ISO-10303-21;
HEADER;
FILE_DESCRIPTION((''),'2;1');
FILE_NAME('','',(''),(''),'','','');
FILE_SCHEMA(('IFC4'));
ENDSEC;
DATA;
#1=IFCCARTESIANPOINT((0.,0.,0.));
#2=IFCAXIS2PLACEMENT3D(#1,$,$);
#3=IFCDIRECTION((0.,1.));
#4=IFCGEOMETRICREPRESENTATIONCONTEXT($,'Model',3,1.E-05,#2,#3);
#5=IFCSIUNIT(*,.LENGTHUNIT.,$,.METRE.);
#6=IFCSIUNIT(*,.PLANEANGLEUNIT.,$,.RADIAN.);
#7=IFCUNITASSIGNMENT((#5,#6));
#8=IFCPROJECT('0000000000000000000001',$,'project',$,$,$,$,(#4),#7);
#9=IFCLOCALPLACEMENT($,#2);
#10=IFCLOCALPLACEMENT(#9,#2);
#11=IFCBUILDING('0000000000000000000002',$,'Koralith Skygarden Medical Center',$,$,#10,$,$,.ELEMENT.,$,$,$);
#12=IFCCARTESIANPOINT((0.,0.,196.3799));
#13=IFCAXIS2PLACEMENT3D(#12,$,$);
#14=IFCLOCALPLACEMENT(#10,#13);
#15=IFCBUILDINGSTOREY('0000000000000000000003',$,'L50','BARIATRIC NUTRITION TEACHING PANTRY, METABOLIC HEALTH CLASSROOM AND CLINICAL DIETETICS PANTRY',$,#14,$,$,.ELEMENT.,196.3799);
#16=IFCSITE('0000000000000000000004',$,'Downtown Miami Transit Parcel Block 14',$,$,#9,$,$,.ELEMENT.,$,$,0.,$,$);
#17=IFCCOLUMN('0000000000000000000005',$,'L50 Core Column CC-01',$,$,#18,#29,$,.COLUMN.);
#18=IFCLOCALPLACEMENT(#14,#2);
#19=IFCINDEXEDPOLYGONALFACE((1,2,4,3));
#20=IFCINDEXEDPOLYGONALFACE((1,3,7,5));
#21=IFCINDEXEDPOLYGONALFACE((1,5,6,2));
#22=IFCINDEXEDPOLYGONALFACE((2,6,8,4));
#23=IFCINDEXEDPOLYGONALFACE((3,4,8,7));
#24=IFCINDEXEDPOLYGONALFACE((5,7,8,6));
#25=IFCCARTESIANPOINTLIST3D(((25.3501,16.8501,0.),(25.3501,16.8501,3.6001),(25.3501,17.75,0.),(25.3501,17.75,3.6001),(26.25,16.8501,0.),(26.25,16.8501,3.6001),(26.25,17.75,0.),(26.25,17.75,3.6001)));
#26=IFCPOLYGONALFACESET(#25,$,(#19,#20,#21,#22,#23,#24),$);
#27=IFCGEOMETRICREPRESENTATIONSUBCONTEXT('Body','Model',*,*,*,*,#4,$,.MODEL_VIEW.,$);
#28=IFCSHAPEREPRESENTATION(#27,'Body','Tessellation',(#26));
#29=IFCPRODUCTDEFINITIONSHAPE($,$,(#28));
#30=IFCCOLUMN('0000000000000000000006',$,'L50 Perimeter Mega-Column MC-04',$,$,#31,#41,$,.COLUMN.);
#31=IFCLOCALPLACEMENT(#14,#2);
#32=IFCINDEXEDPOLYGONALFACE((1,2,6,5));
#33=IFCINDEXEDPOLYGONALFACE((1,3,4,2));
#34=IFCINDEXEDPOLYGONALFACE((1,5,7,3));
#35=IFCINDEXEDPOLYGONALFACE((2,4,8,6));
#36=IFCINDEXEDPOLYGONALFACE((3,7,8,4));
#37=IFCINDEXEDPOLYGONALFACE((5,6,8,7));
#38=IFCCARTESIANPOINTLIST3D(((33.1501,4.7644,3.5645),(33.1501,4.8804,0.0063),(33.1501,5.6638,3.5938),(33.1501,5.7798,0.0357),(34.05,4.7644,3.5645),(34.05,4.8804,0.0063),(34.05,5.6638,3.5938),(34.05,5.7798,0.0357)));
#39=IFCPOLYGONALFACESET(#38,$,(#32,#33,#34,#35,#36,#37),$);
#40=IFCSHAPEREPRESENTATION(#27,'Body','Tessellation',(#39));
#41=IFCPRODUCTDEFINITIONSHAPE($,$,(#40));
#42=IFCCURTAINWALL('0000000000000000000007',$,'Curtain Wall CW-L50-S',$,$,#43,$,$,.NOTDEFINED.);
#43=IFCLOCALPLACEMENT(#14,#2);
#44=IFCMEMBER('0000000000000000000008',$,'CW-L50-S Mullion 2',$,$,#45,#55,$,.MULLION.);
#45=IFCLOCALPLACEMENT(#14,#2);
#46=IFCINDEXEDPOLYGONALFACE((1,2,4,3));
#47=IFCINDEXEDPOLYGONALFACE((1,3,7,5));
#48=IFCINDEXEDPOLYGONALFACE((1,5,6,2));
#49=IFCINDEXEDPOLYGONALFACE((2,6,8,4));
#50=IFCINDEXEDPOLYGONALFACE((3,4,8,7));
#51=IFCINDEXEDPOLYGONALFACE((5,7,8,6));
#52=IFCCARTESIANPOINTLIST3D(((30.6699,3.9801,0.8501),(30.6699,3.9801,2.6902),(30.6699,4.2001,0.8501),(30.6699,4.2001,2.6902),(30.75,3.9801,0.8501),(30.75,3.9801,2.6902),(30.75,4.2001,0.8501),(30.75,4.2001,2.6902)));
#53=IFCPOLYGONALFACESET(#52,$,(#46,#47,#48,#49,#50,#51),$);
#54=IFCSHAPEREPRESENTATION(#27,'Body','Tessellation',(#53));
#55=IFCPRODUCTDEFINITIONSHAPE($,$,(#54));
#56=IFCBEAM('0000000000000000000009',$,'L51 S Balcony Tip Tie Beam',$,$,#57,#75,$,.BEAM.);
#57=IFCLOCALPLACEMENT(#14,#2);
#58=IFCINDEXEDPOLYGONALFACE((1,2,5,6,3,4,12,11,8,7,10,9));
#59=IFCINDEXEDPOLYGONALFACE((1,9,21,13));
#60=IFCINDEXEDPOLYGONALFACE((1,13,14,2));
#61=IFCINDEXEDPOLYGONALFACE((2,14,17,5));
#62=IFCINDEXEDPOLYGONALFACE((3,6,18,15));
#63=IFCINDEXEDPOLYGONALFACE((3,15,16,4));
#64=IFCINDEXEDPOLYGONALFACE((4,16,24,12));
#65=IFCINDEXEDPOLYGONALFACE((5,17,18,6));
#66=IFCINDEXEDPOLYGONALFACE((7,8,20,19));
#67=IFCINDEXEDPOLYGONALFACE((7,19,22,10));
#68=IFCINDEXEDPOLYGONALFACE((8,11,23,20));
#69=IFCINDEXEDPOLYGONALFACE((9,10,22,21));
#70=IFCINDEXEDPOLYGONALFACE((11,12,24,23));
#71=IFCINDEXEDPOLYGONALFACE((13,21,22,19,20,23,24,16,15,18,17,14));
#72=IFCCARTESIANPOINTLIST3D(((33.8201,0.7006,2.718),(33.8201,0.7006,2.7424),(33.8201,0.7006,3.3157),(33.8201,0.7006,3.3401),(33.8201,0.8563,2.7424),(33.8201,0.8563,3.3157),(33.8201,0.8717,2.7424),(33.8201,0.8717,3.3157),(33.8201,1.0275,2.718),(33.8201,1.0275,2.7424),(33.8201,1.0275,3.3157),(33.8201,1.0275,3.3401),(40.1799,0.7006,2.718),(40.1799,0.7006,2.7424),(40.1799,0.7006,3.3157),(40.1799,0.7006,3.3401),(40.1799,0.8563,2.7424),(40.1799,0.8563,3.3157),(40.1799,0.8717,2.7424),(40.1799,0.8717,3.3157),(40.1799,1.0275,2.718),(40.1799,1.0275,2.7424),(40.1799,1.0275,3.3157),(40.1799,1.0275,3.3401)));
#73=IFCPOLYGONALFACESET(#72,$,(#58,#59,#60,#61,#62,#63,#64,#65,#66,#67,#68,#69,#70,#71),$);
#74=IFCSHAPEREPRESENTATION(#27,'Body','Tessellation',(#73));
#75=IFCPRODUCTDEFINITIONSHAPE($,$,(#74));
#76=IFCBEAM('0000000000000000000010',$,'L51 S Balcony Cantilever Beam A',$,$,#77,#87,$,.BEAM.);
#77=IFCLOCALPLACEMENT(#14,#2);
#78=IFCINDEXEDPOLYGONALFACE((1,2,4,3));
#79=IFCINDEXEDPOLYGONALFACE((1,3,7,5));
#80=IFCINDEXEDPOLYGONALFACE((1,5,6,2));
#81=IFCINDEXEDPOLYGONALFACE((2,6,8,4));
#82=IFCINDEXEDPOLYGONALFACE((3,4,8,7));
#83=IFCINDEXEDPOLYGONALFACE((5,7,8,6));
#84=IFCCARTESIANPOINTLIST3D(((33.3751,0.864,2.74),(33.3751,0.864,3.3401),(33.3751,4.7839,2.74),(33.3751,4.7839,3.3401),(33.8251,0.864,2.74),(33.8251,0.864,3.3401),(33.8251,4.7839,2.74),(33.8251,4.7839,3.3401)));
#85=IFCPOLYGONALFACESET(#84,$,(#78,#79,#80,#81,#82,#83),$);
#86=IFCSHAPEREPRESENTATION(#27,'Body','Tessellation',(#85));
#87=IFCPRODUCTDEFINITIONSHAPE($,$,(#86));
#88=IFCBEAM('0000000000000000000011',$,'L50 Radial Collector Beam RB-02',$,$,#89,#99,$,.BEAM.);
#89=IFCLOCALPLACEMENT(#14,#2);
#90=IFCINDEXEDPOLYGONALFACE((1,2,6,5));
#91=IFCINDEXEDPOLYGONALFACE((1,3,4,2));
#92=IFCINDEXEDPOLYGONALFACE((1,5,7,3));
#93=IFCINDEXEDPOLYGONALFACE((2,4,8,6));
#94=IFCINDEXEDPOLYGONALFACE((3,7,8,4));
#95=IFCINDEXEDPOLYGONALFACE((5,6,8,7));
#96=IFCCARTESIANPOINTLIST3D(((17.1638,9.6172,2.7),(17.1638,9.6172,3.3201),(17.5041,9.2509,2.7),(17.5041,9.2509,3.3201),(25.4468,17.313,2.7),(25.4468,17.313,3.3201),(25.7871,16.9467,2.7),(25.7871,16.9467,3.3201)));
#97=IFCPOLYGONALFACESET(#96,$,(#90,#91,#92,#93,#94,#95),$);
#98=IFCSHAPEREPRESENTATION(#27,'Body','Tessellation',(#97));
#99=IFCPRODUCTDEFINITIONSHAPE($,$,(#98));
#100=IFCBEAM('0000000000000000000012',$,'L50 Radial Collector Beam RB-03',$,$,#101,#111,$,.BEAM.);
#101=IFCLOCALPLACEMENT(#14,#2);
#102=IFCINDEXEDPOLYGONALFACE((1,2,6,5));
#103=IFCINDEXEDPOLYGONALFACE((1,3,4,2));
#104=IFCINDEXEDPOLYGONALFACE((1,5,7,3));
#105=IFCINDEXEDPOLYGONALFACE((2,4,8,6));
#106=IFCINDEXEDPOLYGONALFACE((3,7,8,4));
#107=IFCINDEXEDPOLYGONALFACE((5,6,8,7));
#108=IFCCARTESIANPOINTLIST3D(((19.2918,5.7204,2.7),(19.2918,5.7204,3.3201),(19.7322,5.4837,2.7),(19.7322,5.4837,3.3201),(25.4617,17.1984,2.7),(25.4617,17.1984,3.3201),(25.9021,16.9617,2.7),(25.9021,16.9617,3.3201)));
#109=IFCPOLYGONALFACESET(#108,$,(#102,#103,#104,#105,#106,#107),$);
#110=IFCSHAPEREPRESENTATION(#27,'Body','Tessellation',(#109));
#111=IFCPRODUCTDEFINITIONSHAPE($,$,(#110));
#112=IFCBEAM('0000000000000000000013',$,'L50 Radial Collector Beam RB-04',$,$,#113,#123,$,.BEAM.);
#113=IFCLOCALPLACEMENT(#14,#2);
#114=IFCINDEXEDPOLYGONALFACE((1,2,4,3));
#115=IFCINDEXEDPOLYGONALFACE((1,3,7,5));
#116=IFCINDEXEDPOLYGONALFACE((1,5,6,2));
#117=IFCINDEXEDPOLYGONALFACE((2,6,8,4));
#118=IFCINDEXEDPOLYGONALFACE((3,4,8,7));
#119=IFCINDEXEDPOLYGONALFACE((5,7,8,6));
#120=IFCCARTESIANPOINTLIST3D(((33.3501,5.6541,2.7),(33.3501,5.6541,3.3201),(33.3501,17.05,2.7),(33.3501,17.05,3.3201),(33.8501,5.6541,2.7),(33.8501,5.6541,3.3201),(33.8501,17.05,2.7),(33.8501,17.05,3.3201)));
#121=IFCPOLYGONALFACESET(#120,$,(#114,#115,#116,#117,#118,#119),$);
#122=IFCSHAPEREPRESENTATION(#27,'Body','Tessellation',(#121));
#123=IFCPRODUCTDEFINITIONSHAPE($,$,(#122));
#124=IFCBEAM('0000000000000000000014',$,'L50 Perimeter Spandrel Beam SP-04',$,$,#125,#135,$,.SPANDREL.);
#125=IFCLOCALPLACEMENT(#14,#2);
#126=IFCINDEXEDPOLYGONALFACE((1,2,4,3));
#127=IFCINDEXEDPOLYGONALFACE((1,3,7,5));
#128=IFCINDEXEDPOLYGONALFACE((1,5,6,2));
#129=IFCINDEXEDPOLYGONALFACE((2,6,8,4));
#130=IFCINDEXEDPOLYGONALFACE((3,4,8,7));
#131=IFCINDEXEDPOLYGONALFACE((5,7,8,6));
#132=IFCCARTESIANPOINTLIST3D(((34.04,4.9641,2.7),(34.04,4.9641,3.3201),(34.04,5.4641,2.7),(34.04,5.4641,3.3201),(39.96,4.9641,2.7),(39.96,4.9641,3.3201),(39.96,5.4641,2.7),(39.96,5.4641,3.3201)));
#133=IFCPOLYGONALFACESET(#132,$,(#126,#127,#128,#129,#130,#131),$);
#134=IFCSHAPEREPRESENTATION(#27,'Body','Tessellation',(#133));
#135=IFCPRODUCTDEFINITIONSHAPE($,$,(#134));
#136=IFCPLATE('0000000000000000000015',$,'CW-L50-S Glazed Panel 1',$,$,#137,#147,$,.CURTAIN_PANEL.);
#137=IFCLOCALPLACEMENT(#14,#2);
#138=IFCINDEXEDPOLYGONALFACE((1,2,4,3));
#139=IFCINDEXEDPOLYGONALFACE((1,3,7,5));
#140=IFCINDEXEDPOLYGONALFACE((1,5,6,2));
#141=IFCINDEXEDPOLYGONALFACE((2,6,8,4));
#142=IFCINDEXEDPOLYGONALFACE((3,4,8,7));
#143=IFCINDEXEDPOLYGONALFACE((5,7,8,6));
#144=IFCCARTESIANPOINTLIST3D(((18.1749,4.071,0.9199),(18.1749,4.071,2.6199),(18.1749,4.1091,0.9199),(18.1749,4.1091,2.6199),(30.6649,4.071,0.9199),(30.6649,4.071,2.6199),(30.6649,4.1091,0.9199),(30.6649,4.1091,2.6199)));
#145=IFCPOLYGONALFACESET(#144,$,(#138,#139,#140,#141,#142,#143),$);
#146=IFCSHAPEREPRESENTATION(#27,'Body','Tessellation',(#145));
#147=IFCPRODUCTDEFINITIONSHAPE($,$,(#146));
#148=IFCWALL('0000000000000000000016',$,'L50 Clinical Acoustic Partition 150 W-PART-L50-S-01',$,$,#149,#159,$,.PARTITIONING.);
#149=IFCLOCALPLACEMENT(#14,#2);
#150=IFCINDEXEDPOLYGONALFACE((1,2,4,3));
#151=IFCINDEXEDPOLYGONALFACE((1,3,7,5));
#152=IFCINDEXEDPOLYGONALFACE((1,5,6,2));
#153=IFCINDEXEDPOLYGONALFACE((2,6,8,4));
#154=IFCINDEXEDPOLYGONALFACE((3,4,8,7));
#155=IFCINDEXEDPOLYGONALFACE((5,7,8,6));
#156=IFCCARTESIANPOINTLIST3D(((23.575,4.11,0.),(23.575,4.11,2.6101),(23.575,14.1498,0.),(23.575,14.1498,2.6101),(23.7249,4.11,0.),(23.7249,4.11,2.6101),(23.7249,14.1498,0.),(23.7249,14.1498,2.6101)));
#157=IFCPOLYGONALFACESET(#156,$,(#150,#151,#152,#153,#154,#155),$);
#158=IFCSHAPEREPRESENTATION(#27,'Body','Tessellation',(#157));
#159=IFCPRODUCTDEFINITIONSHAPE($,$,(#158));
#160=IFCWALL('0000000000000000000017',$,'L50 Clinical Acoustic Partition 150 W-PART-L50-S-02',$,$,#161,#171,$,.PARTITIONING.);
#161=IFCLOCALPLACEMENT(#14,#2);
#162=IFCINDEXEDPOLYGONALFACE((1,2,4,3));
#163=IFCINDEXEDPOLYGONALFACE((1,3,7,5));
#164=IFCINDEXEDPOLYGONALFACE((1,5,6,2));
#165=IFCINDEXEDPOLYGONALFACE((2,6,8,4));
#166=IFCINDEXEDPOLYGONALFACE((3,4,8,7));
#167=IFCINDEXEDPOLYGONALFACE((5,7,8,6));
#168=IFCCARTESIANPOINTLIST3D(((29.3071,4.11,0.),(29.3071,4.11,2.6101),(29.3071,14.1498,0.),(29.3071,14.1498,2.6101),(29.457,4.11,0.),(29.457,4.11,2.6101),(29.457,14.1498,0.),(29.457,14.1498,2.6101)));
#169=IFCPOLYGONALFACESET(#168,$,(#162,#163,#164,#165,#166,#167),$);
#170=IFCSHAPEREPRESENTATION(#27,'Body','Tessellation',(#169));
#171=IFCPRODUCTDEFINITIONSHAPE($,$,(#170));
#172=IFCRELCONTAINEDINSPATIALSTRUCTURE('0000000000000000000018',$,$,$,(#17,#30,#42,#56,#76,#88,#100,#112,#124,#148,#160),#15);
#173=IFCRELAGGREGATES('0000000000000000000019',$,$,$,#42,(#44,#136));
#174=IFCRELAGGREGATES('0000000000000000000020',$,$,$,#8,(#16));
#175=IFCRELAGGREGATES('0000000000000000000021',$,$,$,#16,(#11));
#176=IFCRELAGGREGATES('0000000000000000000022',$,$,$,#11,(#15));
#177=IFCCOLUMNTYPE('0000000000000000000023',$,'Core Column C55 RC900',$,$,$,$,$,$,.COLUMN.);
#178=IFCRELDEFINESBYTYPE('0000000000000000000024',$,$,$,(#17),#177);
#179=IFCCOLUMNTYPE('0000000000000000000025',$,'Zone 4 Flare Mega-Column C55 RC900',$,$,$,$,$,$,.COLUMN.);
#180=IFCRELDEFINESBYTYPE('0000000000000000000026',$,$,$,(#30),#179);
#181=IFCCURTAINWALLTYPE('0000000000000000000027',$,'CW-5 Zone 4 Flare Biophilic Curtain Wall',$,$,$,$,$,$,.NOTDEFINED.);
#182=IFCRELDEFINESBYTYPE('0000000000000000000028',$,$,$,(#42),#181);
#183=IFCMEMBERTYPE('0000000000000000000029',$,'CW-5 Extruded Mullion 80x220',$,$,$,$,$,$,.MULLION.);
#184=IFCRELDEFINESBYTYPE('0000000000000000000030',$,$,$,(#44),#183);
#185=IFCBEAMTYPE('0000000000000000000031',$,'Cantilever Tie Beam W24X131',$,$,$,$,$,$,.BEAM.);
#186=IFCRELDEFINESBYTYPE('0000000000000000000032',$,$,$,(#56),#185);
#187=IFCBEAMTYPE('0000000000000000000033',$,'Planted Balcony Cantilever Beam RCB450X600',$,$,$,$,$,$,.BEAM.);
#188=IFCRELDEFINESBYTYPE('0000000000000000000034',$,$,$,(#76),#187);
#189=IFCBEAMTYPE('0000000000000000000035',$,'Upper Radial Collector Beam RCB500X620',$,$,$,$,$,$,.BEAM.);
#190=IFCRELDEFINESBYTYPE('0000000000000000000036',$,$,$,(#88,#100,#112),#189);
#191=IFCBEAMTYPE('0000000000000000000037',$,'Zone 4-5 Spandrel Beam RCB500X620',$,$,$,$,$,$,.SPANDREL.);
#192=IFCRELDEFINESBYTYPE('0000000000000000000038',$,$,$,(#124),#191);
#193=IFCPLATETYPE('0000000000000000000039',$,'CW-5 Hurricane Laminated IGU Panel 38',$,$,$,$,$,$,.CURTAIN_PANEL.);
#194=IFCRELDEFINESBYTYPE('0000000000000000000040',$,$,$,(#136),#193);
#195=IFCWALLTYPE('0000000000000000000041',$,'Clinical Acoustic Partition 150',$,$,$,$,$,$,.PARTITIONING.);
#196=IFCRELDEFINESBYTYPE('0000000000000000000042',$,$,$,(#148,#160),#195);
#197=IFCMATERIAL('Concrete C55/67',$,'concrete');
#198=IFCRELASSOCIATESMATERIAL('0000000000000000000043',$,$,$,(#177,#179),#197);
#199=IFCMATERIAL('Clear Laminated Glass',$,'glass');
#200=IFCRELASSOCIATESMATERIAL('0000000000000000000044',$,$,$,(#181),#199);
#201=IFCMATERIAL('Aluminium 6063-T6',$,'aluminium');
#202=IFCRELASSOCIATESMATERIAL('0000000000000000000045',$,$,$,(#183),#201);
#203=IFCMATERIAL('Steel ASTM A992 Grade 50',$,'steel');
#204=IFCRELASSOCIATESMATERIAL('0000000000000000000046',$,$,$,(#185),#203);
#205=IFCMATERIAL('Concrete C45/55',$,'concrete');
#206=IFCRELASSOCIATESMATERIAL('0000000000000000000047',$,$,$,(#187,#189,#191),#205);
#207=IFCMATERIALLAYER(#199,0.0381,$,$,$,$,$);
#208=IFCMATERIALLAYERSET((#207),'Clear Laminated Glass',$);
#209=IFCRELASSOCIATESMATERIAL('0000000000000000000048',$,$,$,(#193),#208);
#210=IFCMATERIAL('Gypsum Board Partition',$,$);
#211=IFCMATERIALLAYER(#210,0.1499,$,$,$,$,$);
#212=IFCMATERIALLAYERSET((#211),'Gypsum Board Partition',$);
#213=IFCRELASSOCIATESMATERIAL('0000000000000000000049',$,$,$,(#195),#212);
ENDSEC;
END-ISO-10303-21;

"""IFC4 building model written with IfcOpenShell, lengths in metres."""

from ifc_helpers import new_model, si_unit, direction, frame, frame_2d, origin, origin_2d, place, context, subcontext, project, spatial, rectangle, i_section, extrude, material, layer, layer_set, material_profile, profile_set, type_object, element, aggregate, save


model = new_model("IFC4")

# Units and contexts
model_context = context("Model", 3, precision=1e-05, world=origin(), true_north=direction((0.0, 1.0)))
body_context = subcontext(model_context, "Body", "Model", "MODEL_VIEW")
ifc_project = project(units=[si_unit("LENGTHUNIT", "METRE"), si_unit("PLANEANGLEUNIT", "RADIAN")], contexts=[model_context])

# Site, building, storey
site_placement = place(None, origin())
site = spatial("IfcSite", under=ifc_project, at=site_placement, Name="Downtown Miami Transit Parcel Block 14", CompositionType="ELEMENT", RefElevation=0.0)
building_placement = place(site_placement, origin())
building = spatial("IfcBuilding", under=site, at=building_placement, Name="Koralith Skygarden Medical Center", CompositionType="ELEMENT")
storey_placement = place(building_placement, frame((0.0, 0.0, 196.3799)))
storey = spatial("IfcBuildingStorey", under=building, at=storey_placement, Name="L50", Description="BARIATRIC NUTRITION TEACHING PANTRY, METABOLIC HEALTH CLASSROOM AND CLINICAL DIETETICS PANTRY", CompositionType="ELEMENT", Elevation=196.3799)

# Columns
ifc_material_1 = material(Name="Concrete C55/67", Category="concrete")
ifc_material_profile_1 = material_profile(ifc_material_1, rectangle(XDim=0.8999, YDim=0.8999, at=origin_2d()), Name="RC900X900")
ifc_profile_set_1 = profile_set([ifc_material_profile_1], Name="Concrete C55/67")
column_type_1 = type_object("IfcColumnType", Name="Core Column C55 RC900", PredefinedType="COLUMN", material=ifc_profile_set_1)
column_1_placement = place(storey_placement, frame((25.8, 17.3, 0.0), z_axis=(0.0, 0.0, 1.0), x_axis=(1.0, 0.0, 0.0)))
element("IfcColumn", 1, at=column_1_placement, inside=storey, type_object=column_type_1, Name="L50 Core Column CC-01", PredefinedType="COLUMN", context=body_context, shape_type="SweptSolid", body=[
    extrude(rectangle(XDim=0.8999, YDim=0.8999, at=origin_2d()), origin(), (0.0, 0.0, 1.0), 3.6001),
])
ifc_material_profile_2 = material_profile(ifc_material_1, rectangle(XDim=0.8999, YDim=0.8999, at=origin_2d()), Name="RC900X900")
ifc_profile_set_2 = profile_set([ifc_material_profile_2], Name="Concrete C55/67")
column_type_2 = type_object("IfcColumnType", Name="Zone 4 Flare Mega-Column C55 RC900", PredefinedType="COLUMN", material=ifc_profile_set_2)
column_2_placement = place(storey_placement, frame((33.6001, 5.3301, 0.021), z_axis=(0.0, -0.032575, 0.999469), x_axis=(1.0, 0.0, 0.0)))
element("IfcColumn", 2, at=column_2_placement, inside=storey, type_object=column_type_2, Name="L50 Perimeter Mega-Column MC-04", PredefinedType="COLUMN", context=body_context, shape_type="SweptSolid", body=[
    extrude(rectangle(XDim=0.8999, YDim=0.8999, at=origin_2d()), origin(), (0.0, 0.0, 1.0), 3.5601),
])

# Curtain wall, member
ifc_material_2 = material(Name="Clear Laminated Glass", Category="glass")
curtain_wall_type = type_object("IfcCurtainWallType", Name="CW-5 Zone 4 Flare Biophilic Curtain Wall", PredefinedType="NOTDEFINED", material=ifc_material_2)
curtain_wall_placement = place(storey_placement, origin())
curtain_wall = element("IfcCurtainWall", 3, at=curtain_wall_placement, inside=storey, type_object=curtain_wall_type, Name="Curtain Wall CW-L50-S", PredefinedType="NOTDEFINED")
ifc_material_3 = material(Name="Aluminium 6063-T6", Category="aluminium")
ifc_material_profile_3 = material_profile(ifc_material_3, rectangle(XDim=0.0801, YDim=0.22, at=origin_2d()), Name="MUL80X220")
ifc_profile_set_3 = profile_set([ifc_material_profile_3], Name="Aluminium 6063-T6")
member_type = type_object("IfcMemberType", Name="CW-5 Extruded Mullion 80x220", PredefinedType="MULLION", material=ifc_profile_set_3)
member_placement = place(storey_placement, frame((30.71, 4.0901, 0.8501), z_axis=(0.0, 0.0, 1.0), x_axis=(1.0, 0.0, 0.0)))
member = element("IfcMember", 4, at=member_placement, type_object=member_type, Name="CW-L50-S Mullion 2", PredefinedType="MULLION", context=body_context, shape_type="SweptSolid", body=[
    extrude(rectangle(XDim=0.0801, YDim=0.22, at=origin_2d()), origin(), (0.0, 0.0, 1.0), 1.8401),
])

# Beams
ifc_material_4 = material(Name="Steel ASTM A992 Grade 50", Category="steel")
ifc_material_profile_4 = material_profile(ifc_material_4, i_section(OverallWidth=0.3269, OverallDepth=0.6221, WebThickness=0.0154, FlangeThickness=0.0244, at=origin_2d()), Name="W24X131")
ifc_profile_set_4 = profile_set([ifc_material_profile_4], Name="Steel ASTM A992 Grade 50")
beam_type_1 = type_object("IfcBeamType", Name="Cantilever Tie Beam W24X131", PredefinedType="BEAM", material=ifc_profile_set_4)
beam_1_placement = place(storey_placement, frame((33.8201, 0.864, 3.0291), z_axis=(1.0, 0.0, 0.0), x_axis=(0.0, 1.0, 0.0)))
element("IfcBeam", 5, at=beam_1_placement, inside=storey, type_object=beam_type_1, Name="L51 S Balcony Tip Tie Beam", PredefinedType="BEAM", context=body_context, shape_type="SweptSolid", body=[
    extrude(i_section(OverallWidth=0.3269, OverallDepth=0.6221, WebThickness=0.0154, FlangeThickness=0.0244, at=origin_2d()), origin(), (0.0, 0.0, 1.0), 6.3599),
])
ifc_material_5 = material(Name="Concrete C45/55", Category="concrete")
ifc_material_profile_5 = material_profile(ifc_material_5, rectangle(XDim=0.45, YDim=0.6001, at=origin_2d()), Name="RCB450X600")
ifc_profile_set_5 = profile_set([ifc_material_profile_5], Name="Concrete C45/55")
beam_type_2 = type_object("IfcBeamType", Name="Planted Balcony Cantilever Beam RCB450X600", PredefinedType="BEAM", material=ifc_profile_set_5)
beam_2_placement = place(storey_placement, frame((33.6001, 4.7839, 3.04), z_axis=(0.0, -1.0, 0.0), x_axis=(1.0, 0.0, 0.0)))
element("IfcBeam", 6, at=beam_2_placement, inside=storey, type_object=beam_type_2, Name="L51 S Balcony Cantilever Beam A", PredefinedType="BEAM", context=body_context, shape_type="SweptSolid", body=[
    extrude(rectangle(XDim=0.45, YDim=0.6001, at=origin_2d()), origin(), (0.0, 0.0, 1.0), 3.9199),
])
ifc_material_profile_6 = material_profile(ifc_material_5, rectangle(XDim=0.5, YDim=0.6201, at=origin_2d()), Name="RCB500X620")
ifc_profile_set_6 = profile_set([ifc_material_profile_6], Name="Concrete C45/55")
beam_type_3 = type_object("IfcBeamType", Name="Upper Radial Collector Beam RCB500X620", PredefinedType="BEAM", material=ifc_profile_set_6)
beam_3_placement = place(storey_placement, frame((25.6169, 17.1299, 3.01), z_axis=(-0.732596, -0.680664, 0.0), x_axis=(0.680664, -0.732596, 0.0)))
element("IfcBeam", 7, at=beam_3_placement, inside=storey, type_object=beam_type_3, Name="L50 Radial Collector Beam RB-02", PredefinedType="BEAM", context=body_context, shape_type="SweptSolid", body=[
    extrude(rectangle(XDim=0.5, YDim=0.6201, at=origin_2d()), origin(), (0.0, 0.0, 1.0), 11.3064),
])
beam_4_placement = place(storey_placement, frame((25.6819, 17.0801, 3.01), z_axis=(-0.473472, -0.880809, 0.0), x_axis=(0.880809, -0.473472, 0.0)))
element("IfcBeam", 8, at=beam_4_placement, inside=storey, type_object=beam_type_3, Name="L50 Radial Collector Beam RB-03", PredefinedType="BEAM", context=body_context, shape_type="SweptSolid", body=[
    extrude(rectangle(XDim=0.5, YDim=0.6201, at=origin_2d()), origin(), (0.0, 0.0, 1.0), 13.0312),
])
beam_5_placement = place(storey_placement, frame((33.6001, 17.05, 3.01), z_axis=(0.0, -1.0, 0.0), x_axis=(1.0, 0.0, 0.0)))
element("IfcBeam", 9, at=beam_5_placement, inside=storey, type_object=beam_type_3, Name="L50 Radial Collector Beam RB-04", PredefinedType="BEAM", context=body_context, shape_type="SweptSolid", body=[
    extrude(rectangle(XDim=0.5, YDim=0.6201, at=origin_2d()), origin(), (0.0, 0.0, 1.0), 11.396),
])
ifc_material_profile_7 = material_profile(ifc_material_5, rectangle(XDim=0.5, YDim=0.6201, at=origin_2d()), Name="RCB500X620")
ifc_profile_set_7 = profile_set([ifc_material_profile_7], Name="Concrete C45/55")
beam_type_4 = type_object("IfcBeamType", Name="Zone 4-5 Spandrel Beam RCB500X620", PredefinedType="SPANDREL", material=ifc_profile_set_7)
beam_6_placement = place(storey_placement, frame((34.04, 5.2141, 3.01), z_axis=(1.0, 0.0, 0.0), x_axis=(0.0, 1.0, 0.0)))
element("IfcBeam", 10, at=beam_6_placement, inside=storey, type_object=beam_type_4, Name="L50 Perimeter Spandrel Beam SP-04", PredefinedType="SPANDREL", context=body_context, shape_type="SweptSolid", body=[
    extrude(rectangle(XDim=0.5, YDim=0.6201, at=origin_2d()), origin(), (0.0, 0.0, 1.0), 5.9199),
])

# Plate
ifc_layer_1 = layer(ifc_material_2, 0.0381)
ifc_layer_set_1 = layer_set([ifc_layer_1], Name="Clear Laminated Glass")
plate_type = type_object("IfcPlateType", Name="CW-5 Hurricane Laminated IGU Panel 38", PredefinedType="CURTAIN_PANEL", material=ifc_layer_set_1)
plate_placement = place(storey_placement, frame((24.4199, 4.0901, 0.9199), z_axis=(0.0, 0.0, 1.0), x_axis=(1.0, 0.0, 0.0)))
plate = element("IfcPlate", 11, at=plate_placement, type_object=plate_type, Name="CW-L50-S Glazed Panel 1", PredefinedType="CURTAIN_PANEL", context=body_context, shape_type="SweptSolid", body=[
    extrude(rectangle(XDim=12.49, YDim=0.0381, at=origin_2d()), origin(), (0.0, 0.0, 1.0), 1.7),
])
aggregate(curtain_wall, [member, plate])

# Walls
ifc_material_6 = material(Name="Gypsum Board Partition")
ifc_layer_2 = layer(ifc_material_6, 0.1499)
ifc_layer_set_2 = layer_set([ifc_layer_2], Name="Gypsum Board Partition")
wall_type_1 = type_object("IfcWallType", Name="Clinical Acoustic Partition 150", PredefinedType="PARTITIONING", material=ifc_layer_set_2)
for number, where, z_axis, x_axis, name in (
    (12, (23.6499, 14.1499, 0.0), (0.0, 0.0, 1.0), (0.0, -1.0, 0.0), "L50 Clinical Acoustic Partition 150 W-PART-L50-S-01"),
    (13, (29.3821, 14.1499, 0.0), (0.0, 0.0, 1.0), (0.0, -1.0, 0.0), "L50 Clinical Acoustic Partition 150 W-PART-L50-S-02"),
):
    element("IfcWall", number, at=place(storey_placement, frame(where, z_axis=z_axis, x_axis=x_axis)), inside=storey, type_object=wall_type_1, Name=name, PredefinedType="PARTITIONING", context=body_context, shape_type="SweptSolid", body=[
        extrude(rectangle(XDim=10.0398, YDim=0.1499, at=frame_2d((5.02, 0.0))), origin(), (0.0, 0.0, 1.0), 2.6101),
    ])

save(model, "model.ifc")
